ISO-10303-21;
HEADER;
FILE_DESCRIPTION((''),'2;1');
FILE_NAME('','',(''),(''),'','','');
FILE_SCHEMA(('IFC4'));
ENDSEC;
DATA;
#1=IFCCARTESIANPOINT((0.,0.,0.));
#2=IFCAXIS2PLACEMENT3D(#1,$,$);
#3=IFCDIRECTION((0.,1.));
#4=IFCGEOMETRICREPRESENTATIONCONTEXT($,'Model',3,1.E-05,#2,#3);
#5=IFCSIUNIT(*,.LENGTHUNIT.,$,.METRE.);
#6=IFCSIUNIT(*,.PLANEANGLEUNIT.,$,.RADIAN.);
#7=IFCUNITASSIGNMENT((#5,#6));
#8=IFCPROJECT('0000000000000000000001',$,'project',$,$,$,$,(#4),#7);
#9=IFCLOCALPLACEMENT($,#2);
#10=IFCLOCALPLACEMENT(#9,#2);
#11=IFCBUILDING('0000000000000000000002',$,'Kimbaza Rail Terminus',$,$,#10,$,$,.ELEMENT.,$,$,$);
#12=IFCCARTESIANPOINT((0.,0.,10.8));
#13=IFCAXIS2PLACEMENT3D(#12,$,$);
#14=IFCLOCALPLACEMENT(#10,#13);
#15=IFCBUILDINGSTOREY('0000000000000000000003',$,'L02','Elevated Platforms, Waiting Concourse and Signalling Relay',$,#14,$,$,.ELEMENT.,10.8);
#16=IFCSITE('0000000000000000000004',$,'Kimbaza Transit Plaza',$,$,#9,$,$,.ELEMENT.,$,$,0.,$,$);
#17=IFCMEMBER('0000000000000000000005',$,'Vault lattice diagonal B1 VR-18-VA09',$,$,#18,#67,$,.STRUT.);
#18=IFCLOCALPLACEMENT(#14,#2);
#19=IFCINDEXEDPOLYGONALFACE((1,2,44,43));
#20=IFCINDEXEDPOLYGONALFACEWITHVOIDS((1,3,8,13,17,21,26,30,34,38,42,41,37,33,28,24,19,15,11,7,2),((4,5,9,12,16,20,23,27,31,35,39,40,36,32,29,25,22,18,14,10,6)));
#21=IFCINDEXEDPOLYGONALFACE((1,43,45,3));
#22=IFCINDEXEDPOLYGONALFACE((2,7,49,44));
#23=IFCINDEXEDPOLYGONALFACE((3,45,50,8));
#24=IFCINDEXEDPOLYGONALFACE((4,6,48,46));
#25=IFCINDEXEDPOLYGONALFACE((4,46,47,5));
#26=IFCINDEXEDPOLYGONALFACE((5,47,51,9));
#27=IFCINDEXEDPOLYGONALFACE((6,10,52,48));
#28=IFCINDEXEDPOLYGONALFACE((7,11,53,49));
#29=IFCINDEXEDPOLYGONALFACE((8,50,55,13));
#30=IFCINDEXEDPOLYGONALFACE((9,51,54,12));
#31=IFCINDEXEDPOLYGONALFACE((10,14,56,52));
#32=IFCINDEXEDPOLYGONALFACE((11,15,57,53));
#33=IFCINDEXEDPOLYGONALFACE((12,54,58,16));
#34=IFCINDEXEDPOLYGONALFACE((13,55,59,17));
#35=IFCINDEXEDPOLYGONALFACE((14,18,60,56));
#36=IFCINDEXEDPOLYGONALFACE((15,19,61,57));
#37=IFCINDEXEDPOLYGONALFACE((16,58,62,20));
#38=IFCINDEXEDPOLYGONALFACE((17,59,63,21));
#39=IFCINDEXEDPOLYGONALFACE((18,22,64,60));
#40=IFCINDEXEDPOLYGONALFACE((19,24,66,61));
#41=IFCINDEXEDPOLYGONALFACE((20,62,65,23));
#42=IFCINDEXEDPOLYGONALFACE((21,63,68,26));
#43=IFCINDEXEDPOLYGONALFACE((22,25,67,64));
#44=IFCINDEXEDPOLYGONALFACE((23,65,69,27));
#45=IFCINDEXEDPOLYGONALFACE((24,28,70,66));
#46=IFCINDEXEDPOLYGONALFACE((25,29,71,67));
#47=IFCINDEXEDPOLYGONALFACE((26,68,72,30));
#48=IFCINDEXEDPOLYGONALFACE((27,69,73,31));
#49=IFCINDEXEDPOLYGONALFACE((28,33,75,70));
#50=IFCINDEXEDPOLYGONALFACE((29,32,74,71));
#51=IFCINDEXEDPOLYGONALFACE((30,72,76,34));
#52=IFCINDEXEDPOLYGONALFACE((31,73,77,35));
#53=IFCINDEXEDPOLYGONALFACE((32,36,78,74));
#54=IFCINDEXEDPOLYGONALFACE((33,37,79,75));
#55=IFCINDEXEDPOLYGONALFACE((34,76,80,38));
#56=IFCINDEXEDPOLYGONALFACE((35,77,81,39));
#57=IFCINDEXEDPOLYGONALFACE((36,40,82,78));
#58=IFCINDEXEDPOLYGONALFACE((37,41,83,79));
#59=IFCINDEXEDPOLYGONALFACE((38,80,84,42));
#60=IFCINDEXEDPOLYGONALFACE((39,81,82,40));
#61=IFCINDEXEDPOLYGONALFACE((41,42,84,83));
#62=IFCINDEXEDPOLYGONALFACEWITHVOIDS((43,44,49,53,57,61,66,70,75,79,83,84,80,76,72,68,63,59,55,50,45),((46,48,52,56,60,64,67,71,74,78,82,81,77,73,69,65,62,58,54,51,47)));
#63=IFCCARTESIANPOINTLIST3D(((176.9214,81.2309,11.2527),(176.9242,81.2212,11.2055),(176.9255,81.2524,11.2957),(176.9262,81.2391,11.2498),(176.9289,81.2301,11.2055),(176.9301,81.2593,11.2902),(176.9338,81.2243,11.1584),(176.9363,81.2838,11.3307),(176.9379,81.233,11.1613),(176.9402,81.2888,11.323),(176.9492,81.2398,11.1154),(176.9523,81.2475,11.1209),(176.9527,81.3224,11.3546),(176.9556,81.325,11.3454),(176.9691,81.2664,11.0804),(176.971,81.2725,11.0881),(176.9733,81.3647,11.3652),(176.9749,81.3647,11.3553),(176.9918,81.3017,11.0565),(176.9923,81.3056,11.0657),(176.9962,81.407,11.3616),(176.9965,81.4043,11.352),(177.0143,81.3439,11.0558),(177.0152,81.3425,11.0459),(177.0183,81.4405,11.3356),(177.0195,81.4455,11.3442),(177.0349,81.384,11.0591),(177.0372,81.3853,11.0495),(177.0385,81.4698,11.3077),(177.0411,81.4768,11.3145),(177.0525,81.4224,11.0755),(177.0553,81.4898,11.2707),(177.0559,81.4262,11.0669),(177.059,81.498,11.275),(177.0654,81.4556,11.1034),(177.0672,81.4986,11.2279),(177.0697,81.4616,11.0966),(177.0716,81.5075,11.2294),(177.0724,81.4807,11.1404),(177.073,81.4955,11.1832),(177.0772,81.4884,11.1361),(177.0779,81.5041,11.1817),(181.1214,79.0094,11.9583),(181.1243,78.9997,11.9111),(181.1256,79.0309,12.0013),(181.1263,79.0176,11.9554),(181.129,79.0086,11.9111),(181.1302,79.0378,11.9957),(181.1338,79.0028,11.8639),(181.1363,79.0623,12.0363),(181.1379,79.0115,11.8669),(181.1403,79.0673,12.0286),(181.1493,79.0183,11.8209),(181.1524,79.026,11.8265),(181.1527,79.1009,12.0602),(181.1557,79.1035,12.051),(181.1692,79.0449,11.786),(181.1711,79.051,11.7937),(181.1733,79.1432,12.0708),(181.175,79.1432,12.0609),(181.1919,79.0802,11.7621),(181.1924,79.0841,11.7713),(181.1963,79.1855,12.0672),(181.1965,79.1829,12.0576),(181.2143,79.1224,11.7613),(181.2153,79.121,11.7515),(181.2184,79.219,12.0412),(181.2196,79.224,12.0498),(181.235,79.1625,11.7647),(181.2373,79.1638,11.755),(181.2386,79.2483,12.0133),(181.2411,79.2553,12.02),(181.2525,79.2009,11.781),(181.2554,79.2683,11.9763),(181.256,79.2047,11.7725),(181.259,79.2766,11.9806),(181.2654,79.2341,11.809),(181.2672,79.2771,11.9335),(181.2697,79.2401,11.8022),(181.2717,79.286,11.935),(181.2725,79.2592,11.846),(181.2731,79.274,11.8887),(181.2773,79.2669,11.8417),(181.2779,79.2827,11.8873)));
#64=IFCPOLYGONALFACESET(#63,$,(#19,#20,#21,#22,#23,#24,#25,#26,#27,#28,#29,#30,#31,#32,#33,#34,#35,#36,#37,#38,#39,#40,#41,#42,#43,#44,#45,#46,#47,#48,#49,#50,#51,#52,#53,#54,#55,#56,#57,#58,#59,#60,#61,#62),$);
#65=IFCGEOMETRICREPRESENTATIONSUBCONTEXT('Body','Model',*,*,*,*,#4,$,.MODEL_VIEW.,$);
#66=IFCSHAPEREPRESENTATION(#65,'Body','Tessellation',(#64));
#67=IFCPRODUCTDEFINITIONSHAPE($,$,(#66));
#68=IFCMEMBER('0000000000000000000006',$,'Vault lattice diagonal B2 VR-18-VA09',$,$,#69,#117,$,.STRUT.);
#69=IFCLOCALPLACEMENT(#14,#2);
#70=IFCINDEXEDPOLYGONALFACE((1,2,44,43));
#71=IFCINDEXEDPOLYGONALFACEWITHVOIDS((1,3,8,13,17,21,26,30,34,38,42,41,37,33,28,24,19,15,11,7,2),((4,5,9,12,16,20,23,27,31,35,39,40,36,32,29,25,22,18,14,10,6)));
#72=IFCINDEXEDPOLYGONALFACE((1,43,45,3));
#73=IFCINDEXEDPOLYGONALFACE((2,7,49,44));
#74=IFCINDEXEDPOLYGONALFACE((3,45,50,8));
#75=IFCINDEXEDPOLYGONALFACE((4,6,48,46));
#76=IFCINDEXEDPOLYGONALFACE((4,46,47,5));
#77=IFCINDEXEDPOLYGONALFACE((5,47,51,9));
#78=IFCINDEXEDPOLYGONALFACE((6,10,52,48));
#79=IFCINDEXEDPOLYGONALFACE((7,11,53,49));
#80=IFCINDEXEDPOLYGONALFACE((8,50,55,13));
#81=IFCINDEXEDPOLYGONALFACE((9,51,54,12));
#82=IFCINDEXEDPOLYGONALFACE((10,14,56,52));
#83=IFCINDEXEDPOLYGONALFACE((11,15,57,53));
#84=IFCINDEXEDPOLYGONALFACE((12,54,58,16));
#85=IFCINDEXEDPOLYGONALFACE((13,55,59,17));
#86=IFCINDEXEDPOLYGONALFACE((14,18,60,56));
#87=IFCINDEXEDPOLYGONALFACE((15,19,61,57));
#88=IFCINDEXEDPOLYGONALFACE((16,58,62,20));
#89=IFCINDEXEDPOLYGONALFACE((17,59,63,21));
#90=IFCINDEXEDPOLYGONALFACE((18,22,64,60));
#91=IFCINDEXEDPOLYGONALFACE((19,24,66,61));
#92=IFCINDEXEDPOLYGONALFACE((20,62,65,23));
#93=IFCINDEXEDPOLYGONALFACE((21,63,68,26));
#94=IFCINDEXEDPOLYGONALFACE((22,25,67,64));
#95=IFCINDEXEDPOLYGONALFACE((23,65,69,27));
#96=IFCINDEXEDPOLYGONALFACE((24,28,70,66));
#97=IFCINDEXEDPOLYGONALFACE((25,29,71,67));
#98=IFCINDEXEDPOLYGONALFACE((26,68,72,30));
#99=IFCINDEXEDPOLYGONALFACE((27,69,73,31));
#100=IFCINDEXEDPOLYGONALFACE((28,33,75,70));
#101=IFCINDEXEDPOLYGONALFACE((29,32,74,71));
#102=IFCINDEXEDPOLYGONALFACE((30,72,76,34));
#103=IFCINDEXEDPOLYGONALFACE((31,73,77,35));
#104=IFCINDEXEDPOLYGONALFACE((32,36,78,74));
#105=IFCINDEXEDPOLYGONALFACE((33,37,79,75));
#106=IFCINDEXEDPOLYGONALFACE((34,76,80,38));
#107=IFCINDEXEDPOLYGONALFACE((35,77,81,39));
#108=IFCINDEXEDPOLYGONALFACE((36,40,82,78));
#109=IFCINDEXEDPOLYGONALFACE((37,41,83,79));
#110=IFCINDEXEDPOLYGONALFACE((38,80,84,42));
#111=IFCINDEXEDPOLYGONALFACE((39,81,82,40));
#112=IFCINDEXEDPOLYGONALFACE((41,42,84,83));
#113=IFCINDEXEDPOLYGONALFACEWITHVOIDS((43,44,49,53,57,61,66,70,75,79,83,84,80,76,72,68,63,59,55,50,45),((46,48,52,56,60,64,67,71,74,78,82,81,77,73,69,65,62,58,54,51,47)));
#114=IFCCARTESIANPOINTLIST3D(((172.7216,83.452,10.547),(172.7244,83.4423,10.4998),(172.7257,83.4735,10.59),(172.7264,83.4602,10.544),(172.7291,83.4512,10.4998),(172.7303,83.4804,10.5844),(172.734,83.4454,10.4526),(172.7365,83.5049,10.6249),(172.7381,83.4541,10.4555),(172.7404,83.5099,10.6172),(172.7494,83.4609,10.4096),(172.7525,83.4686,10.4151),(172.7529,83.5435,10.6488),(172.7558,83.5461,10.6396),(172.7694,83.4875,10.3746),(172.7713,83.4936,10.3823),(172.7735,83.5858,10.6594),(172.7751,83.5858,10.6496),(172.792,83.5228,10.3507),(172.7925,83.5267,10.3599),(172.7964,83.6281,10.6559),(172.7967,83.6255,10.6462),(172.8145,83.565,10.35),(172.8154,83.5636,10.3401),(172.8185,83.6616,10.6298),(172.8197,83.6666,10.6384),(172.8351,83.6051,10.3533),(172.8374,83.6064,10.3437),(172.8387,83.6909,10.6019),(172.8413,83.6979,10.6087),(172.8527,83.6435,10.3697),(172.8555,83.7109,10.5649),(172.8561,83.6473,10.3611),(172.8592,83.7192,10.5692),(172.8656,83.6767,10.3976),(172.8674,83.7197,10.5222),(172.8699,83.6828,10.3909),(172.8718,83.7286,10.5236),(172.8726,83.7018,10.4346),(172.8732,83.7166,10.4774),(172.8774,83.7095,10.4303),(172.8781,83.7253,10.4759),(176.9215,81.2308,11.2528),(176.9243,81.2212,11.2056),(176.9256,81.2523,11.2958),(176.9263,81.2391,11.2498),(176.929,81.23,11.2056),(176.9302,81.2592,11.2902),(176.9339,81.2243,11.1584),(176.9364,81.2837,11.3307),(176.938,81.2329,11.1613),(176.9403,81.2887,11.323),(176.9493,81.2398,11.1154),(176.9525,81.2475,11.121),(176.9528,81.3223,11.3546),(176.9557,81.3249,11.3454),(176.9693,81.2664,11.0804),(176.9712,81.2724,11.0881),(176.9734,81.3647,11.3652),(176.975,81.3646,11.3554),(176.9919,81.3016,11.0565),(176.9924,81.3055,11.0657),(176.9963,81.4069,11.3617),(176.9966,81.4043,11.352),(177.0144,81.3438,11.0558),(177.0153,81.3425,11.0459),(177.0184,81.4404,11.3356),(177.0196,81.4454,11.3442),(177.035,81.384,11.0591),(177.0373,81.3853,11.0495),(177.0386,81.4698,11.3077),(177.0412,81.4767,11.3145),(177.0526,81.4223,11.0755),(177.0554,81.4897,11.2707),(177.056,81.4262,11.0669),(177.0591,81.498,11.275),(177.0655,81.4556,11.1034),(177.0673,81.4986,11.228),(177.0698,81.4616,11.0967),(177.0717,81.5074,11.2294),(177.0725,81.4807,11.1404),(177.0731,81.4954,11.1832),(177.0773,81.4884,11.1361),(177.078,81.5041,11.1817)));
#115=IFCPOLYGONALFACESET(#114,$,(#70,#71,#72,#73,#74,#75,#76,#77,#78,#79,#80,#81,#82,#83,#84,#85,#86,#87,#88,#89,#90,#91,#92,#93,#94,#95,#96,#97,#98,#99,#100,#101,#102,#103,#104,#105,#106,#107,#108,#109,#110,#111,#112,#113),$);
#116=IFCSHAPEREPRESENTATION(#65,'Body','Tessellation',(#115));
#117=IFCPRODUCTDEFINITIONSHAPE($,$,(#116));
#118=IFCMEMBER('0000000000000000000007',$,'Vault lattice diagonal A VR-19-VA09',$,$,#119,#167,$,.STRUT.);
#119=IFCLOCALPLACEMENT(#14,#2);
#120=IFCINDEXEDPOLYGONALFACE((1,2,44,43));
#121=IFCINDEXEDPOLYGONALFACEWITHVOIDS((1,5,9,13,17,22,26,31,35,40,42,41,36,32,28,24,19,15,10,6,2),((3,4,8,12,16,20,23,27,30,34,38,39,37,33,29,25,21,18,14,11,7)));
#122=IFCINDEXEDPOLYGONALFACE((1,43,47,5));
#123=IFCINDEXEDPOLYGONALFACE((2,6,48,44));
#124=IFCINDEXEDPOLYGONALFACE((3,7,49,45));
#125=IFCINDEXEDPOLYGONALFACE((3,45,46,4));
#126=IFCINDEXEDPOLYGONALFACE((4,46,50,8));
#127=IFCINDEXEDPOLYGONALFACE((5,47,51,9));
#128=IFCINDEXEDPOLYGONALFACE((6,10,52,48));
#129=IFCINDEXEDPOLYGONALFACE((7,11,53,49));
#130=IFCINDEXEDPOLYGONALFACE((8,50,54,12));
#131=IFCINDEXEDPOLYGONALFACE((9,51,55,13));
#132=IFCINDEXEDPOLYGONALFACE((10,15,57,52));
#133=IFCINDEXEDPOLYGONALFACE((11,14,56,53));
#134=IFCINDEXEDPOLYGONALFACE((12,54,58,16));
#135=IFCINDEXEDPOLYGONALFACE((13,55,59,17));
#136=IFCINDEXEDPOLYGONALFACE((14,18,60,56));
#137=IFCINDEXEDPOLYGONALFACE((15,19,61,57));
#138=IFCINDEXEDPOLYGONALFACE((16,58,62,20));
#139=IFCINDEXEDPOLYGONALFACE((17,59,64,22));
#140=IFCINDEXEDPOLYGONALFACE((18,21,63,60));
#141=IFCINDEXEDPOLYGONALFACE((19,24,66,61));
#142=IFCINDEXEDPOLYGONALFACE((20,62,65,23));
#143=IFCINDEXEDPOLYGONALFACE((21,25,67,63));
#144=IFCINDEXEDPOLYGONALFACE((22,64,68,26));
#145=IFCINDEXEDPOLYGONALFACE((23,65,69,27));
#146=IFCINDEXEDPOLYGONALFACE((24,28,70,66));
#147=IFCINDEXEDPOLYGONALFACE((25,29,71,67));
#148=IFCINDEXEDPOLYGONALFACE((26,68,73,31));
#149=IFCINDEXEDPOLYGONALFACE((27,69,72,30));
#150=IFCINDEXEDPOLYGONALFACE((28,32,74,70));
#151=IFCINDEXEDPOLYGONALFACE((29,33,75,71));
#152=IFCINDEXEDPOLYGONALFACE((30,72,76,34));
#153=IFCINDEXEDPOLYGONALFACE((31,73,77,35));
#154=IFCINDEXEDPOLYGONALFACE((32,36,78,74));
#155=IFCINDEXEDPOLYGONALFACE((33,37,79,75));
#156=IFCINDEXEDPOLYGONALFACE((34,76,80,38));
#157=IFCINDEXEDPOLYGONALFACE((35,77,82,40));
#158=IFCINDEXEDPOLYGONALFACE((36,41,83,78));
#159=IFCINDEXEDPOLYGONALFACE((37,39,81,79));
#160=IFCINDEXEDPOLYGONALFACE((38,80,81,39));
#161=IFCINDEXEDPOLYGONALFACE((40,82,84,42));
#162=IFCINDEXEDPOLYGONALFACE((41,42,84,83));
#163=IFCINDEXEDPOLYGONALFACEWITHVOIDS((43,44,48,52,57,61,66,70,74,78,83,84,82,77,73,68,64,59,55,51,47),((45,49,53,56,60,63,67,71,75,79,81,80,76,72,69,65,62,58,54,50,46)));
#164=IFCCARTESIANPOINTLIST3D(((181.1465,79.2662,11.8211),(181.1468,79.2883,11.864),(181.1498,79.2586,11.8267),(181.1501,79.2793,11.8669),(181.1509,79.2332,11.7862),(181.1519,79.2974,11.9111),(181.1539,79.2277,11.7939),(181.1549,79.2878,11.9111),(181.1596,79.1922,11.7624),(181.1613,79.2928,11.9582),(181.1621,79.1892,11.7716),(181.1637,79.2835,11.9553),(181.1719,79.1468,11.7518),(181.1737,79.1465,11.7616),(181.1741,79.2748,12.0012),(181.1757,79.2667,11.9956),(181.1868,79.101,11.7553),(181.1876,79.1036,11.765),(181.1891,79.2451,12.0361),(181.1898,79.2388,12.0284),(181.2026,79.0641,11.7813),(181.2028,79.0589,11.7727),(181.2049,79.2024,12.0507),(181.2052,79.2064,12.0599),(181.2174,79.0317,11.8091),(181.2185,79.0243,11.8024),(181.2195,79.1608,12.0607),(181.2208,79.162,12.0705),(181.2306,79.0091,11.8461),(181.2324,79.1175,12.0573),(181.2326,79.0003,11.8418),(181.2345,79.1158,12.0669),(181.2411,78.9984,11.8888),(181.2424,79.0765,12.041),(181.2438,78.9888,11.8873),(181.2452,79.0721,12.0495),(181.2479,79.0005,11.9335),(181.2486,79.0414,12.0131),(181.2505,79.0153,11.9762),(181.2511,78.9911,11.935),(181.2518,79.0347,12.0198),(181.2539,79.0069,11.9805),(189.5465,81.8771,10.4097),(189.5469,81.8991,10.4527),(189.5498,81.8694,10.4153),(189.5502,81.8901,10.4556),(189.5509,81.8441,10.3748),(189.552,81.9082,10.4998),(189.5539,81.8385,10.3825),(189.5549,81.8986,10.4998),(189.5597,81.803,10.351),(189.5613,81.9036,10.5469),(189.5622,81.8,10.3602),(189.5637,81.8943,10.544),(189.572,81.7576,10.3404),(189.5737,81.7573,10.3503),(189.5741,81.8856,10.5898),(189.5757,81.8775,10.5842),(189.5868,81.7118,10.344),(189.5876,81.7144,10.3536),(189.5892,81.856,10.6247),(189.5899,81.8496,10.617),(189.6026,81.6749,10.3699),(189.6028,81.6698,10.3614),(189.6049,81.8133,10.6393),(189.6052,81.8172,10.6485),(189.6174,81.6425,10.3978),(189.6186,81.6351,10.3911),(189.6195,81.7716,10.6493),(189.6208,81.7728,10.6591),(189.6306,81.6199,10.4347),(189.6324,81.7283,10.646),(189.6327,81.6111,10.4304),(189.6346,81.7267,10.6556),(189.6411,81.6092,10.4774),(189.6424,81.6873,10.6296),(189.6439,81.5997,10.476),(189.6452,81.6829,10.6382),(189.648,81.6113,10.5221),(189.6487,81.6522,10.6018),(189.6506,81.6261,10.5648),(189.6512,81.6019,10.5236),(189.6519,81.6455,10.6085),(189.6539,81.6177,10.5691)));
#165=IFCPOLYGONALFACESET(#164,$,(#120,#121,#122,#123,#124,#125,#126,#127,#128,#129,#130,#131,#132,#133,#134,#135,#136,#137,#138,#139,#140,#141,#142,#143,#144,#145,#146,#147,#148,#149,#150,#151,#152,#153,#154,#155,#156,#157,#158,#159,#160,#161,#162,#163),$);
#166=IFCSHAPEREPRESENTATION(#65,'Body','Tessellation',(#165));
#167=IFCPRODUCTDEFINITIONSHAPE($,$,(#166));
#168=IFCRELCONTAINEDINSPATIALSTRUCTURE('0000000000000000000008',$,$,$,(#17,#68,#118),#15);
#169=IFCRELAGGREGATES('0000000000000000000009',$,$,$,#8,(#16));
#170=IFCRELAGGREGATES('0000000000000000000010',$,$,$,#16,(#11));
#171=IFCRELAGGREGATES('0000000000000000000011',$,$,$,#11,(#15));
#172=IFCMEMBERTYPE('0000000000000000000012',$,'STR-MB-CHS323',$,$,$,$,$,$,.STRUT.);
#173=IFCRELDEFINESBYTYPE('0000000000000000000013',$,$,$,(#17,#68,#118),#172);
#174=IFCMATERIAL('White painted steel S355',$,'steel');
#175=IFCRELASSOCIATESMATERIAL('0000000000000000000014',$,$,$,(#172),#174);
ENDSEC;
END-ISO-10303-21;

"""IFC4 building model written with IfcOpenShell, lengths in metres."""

from ifc_helpers import new_model, si_unit, direction, frame, origin, origin_2d, place, context, subcontext, project, spatial, hollow_circle, extrude, material, material_profile, profile_set, type_object, element, save


model = new_model("IFC4")

# Units and contexts
model_context = context("Model", 3, precision=1e-05, world=origin(), true_north=direction((0.0, 1.0)))
body_context = subcontext(model_context, "Body", "Model", "MODEL_VIEW")
ifc_project = project(units=[si_unit("LENGTHUNIT", "METRE"), si_unit("PLANEANGLEUNIT", "RADIAN")], contexts=[model_context])

# Site, building, storey
site_placement = place(None, origin())
site = spatial("IfcSite", under=ifc_project, at=site_placement, Name="Kimbaza Transit Plaza", CompositionType="ELEMENT", RefElevation=0.0)
building_placement = place(site_placement, origin())
building = spatial("IfcBuilding", under=site, at=building_placement, Name="Kimbaza Rail Terminus", CompositionType="ELEMENT")
storey_placement = place(building_placement, frame((0.0, 0.0, 10.8)))
storey = spatial("IfcBuildingStorey", under=building, at=storey_placement, Name="L02", Description="Elevated Platforms, Waiting Concourse and Signalling Relay", CompositionType="ELEMENT", Elevation=10.8)

# Members
ifc_material_1 = material(Name="White painted steel S355", Category="steel")
ifc_material_profile_1 = material_profile(ifc_material_1, hollow_circle(Radius=0.1619, WallThickness=0.01, at=origin_2d()), Name="CHS 323.9x10")
ifc_profile_set_1 = profile_set([ifc_material_profile_1], Name="White painted steel S355")
member_type_1 = type_object("IfcMemberType", Name="STR-MB-CHS323", PredefinedType="STRUT", material=ifc_profile_set_1)
member_1_placement = place(storey_placement, frame((181.2, 79.1428, 11.9111), z_axis=(-0.874379, 0.462476, -0.14689), x_axis=(-0.467548, -0.883968, 0.0)))
element("IfcMember", 1, at=member_1_placement, inside=storey, type_object=member_type_1, Name="Vault lattice diagonal B1 VR-18-VA09", PredefinedType="STRUT", context=body_context, shape_type="SweptSolid", body=[
    extrude(hollow_circle(Radius=0.1619, WallThickness=0.01, at=origin_2d()), origin(), (0.0, 0.0, 1.0), 4.8035),
])
member_2_placement = place(storey_placement, frame((177.0, 81.3643, 11.2056), z_axis=(-0.874393, 0.462433, -0.146944), x_axis=(-0.467508, -0.883989, 0.0)))
element("IfcMember", 2, at=member_2_placement, inside=storey, type_object=member_type_1, Name="Vault lattice diagonal B2 VR-18-VA09", PredefinedType="STRUT", context=body_context, shape_type="SweptSolid", body=[
    extrude(hollow_circle(Radius=0.1619, WallThickness=0.01, at=origin_2d()), origin(), (0.0, 0.0, 1.0), 4.8032),
])
member_3_placement = place(storey_placement, frame((181.2, 79.1428, 11.9111), z_axis=(0.942879, 0.293055, -0.158421), x_axis=(-0.296803, 0.954939, 0.0)))
element("IfcMember", 3, at=member_3_placement, inside=storey, type_object=member_type_1, Name="Vault lattice diagonal A VR-19-VA09", PredefinedType="STRUT", context=body_context, shape_type="SweptSolid", body=[
    extrude(hollow_circle(Radius=0.1619, WallThickness=0.01, at=origin_2d()), origin(), (0.0, 0.0, 1.0), 8.9089),
])

save(model, "model.ifc")
